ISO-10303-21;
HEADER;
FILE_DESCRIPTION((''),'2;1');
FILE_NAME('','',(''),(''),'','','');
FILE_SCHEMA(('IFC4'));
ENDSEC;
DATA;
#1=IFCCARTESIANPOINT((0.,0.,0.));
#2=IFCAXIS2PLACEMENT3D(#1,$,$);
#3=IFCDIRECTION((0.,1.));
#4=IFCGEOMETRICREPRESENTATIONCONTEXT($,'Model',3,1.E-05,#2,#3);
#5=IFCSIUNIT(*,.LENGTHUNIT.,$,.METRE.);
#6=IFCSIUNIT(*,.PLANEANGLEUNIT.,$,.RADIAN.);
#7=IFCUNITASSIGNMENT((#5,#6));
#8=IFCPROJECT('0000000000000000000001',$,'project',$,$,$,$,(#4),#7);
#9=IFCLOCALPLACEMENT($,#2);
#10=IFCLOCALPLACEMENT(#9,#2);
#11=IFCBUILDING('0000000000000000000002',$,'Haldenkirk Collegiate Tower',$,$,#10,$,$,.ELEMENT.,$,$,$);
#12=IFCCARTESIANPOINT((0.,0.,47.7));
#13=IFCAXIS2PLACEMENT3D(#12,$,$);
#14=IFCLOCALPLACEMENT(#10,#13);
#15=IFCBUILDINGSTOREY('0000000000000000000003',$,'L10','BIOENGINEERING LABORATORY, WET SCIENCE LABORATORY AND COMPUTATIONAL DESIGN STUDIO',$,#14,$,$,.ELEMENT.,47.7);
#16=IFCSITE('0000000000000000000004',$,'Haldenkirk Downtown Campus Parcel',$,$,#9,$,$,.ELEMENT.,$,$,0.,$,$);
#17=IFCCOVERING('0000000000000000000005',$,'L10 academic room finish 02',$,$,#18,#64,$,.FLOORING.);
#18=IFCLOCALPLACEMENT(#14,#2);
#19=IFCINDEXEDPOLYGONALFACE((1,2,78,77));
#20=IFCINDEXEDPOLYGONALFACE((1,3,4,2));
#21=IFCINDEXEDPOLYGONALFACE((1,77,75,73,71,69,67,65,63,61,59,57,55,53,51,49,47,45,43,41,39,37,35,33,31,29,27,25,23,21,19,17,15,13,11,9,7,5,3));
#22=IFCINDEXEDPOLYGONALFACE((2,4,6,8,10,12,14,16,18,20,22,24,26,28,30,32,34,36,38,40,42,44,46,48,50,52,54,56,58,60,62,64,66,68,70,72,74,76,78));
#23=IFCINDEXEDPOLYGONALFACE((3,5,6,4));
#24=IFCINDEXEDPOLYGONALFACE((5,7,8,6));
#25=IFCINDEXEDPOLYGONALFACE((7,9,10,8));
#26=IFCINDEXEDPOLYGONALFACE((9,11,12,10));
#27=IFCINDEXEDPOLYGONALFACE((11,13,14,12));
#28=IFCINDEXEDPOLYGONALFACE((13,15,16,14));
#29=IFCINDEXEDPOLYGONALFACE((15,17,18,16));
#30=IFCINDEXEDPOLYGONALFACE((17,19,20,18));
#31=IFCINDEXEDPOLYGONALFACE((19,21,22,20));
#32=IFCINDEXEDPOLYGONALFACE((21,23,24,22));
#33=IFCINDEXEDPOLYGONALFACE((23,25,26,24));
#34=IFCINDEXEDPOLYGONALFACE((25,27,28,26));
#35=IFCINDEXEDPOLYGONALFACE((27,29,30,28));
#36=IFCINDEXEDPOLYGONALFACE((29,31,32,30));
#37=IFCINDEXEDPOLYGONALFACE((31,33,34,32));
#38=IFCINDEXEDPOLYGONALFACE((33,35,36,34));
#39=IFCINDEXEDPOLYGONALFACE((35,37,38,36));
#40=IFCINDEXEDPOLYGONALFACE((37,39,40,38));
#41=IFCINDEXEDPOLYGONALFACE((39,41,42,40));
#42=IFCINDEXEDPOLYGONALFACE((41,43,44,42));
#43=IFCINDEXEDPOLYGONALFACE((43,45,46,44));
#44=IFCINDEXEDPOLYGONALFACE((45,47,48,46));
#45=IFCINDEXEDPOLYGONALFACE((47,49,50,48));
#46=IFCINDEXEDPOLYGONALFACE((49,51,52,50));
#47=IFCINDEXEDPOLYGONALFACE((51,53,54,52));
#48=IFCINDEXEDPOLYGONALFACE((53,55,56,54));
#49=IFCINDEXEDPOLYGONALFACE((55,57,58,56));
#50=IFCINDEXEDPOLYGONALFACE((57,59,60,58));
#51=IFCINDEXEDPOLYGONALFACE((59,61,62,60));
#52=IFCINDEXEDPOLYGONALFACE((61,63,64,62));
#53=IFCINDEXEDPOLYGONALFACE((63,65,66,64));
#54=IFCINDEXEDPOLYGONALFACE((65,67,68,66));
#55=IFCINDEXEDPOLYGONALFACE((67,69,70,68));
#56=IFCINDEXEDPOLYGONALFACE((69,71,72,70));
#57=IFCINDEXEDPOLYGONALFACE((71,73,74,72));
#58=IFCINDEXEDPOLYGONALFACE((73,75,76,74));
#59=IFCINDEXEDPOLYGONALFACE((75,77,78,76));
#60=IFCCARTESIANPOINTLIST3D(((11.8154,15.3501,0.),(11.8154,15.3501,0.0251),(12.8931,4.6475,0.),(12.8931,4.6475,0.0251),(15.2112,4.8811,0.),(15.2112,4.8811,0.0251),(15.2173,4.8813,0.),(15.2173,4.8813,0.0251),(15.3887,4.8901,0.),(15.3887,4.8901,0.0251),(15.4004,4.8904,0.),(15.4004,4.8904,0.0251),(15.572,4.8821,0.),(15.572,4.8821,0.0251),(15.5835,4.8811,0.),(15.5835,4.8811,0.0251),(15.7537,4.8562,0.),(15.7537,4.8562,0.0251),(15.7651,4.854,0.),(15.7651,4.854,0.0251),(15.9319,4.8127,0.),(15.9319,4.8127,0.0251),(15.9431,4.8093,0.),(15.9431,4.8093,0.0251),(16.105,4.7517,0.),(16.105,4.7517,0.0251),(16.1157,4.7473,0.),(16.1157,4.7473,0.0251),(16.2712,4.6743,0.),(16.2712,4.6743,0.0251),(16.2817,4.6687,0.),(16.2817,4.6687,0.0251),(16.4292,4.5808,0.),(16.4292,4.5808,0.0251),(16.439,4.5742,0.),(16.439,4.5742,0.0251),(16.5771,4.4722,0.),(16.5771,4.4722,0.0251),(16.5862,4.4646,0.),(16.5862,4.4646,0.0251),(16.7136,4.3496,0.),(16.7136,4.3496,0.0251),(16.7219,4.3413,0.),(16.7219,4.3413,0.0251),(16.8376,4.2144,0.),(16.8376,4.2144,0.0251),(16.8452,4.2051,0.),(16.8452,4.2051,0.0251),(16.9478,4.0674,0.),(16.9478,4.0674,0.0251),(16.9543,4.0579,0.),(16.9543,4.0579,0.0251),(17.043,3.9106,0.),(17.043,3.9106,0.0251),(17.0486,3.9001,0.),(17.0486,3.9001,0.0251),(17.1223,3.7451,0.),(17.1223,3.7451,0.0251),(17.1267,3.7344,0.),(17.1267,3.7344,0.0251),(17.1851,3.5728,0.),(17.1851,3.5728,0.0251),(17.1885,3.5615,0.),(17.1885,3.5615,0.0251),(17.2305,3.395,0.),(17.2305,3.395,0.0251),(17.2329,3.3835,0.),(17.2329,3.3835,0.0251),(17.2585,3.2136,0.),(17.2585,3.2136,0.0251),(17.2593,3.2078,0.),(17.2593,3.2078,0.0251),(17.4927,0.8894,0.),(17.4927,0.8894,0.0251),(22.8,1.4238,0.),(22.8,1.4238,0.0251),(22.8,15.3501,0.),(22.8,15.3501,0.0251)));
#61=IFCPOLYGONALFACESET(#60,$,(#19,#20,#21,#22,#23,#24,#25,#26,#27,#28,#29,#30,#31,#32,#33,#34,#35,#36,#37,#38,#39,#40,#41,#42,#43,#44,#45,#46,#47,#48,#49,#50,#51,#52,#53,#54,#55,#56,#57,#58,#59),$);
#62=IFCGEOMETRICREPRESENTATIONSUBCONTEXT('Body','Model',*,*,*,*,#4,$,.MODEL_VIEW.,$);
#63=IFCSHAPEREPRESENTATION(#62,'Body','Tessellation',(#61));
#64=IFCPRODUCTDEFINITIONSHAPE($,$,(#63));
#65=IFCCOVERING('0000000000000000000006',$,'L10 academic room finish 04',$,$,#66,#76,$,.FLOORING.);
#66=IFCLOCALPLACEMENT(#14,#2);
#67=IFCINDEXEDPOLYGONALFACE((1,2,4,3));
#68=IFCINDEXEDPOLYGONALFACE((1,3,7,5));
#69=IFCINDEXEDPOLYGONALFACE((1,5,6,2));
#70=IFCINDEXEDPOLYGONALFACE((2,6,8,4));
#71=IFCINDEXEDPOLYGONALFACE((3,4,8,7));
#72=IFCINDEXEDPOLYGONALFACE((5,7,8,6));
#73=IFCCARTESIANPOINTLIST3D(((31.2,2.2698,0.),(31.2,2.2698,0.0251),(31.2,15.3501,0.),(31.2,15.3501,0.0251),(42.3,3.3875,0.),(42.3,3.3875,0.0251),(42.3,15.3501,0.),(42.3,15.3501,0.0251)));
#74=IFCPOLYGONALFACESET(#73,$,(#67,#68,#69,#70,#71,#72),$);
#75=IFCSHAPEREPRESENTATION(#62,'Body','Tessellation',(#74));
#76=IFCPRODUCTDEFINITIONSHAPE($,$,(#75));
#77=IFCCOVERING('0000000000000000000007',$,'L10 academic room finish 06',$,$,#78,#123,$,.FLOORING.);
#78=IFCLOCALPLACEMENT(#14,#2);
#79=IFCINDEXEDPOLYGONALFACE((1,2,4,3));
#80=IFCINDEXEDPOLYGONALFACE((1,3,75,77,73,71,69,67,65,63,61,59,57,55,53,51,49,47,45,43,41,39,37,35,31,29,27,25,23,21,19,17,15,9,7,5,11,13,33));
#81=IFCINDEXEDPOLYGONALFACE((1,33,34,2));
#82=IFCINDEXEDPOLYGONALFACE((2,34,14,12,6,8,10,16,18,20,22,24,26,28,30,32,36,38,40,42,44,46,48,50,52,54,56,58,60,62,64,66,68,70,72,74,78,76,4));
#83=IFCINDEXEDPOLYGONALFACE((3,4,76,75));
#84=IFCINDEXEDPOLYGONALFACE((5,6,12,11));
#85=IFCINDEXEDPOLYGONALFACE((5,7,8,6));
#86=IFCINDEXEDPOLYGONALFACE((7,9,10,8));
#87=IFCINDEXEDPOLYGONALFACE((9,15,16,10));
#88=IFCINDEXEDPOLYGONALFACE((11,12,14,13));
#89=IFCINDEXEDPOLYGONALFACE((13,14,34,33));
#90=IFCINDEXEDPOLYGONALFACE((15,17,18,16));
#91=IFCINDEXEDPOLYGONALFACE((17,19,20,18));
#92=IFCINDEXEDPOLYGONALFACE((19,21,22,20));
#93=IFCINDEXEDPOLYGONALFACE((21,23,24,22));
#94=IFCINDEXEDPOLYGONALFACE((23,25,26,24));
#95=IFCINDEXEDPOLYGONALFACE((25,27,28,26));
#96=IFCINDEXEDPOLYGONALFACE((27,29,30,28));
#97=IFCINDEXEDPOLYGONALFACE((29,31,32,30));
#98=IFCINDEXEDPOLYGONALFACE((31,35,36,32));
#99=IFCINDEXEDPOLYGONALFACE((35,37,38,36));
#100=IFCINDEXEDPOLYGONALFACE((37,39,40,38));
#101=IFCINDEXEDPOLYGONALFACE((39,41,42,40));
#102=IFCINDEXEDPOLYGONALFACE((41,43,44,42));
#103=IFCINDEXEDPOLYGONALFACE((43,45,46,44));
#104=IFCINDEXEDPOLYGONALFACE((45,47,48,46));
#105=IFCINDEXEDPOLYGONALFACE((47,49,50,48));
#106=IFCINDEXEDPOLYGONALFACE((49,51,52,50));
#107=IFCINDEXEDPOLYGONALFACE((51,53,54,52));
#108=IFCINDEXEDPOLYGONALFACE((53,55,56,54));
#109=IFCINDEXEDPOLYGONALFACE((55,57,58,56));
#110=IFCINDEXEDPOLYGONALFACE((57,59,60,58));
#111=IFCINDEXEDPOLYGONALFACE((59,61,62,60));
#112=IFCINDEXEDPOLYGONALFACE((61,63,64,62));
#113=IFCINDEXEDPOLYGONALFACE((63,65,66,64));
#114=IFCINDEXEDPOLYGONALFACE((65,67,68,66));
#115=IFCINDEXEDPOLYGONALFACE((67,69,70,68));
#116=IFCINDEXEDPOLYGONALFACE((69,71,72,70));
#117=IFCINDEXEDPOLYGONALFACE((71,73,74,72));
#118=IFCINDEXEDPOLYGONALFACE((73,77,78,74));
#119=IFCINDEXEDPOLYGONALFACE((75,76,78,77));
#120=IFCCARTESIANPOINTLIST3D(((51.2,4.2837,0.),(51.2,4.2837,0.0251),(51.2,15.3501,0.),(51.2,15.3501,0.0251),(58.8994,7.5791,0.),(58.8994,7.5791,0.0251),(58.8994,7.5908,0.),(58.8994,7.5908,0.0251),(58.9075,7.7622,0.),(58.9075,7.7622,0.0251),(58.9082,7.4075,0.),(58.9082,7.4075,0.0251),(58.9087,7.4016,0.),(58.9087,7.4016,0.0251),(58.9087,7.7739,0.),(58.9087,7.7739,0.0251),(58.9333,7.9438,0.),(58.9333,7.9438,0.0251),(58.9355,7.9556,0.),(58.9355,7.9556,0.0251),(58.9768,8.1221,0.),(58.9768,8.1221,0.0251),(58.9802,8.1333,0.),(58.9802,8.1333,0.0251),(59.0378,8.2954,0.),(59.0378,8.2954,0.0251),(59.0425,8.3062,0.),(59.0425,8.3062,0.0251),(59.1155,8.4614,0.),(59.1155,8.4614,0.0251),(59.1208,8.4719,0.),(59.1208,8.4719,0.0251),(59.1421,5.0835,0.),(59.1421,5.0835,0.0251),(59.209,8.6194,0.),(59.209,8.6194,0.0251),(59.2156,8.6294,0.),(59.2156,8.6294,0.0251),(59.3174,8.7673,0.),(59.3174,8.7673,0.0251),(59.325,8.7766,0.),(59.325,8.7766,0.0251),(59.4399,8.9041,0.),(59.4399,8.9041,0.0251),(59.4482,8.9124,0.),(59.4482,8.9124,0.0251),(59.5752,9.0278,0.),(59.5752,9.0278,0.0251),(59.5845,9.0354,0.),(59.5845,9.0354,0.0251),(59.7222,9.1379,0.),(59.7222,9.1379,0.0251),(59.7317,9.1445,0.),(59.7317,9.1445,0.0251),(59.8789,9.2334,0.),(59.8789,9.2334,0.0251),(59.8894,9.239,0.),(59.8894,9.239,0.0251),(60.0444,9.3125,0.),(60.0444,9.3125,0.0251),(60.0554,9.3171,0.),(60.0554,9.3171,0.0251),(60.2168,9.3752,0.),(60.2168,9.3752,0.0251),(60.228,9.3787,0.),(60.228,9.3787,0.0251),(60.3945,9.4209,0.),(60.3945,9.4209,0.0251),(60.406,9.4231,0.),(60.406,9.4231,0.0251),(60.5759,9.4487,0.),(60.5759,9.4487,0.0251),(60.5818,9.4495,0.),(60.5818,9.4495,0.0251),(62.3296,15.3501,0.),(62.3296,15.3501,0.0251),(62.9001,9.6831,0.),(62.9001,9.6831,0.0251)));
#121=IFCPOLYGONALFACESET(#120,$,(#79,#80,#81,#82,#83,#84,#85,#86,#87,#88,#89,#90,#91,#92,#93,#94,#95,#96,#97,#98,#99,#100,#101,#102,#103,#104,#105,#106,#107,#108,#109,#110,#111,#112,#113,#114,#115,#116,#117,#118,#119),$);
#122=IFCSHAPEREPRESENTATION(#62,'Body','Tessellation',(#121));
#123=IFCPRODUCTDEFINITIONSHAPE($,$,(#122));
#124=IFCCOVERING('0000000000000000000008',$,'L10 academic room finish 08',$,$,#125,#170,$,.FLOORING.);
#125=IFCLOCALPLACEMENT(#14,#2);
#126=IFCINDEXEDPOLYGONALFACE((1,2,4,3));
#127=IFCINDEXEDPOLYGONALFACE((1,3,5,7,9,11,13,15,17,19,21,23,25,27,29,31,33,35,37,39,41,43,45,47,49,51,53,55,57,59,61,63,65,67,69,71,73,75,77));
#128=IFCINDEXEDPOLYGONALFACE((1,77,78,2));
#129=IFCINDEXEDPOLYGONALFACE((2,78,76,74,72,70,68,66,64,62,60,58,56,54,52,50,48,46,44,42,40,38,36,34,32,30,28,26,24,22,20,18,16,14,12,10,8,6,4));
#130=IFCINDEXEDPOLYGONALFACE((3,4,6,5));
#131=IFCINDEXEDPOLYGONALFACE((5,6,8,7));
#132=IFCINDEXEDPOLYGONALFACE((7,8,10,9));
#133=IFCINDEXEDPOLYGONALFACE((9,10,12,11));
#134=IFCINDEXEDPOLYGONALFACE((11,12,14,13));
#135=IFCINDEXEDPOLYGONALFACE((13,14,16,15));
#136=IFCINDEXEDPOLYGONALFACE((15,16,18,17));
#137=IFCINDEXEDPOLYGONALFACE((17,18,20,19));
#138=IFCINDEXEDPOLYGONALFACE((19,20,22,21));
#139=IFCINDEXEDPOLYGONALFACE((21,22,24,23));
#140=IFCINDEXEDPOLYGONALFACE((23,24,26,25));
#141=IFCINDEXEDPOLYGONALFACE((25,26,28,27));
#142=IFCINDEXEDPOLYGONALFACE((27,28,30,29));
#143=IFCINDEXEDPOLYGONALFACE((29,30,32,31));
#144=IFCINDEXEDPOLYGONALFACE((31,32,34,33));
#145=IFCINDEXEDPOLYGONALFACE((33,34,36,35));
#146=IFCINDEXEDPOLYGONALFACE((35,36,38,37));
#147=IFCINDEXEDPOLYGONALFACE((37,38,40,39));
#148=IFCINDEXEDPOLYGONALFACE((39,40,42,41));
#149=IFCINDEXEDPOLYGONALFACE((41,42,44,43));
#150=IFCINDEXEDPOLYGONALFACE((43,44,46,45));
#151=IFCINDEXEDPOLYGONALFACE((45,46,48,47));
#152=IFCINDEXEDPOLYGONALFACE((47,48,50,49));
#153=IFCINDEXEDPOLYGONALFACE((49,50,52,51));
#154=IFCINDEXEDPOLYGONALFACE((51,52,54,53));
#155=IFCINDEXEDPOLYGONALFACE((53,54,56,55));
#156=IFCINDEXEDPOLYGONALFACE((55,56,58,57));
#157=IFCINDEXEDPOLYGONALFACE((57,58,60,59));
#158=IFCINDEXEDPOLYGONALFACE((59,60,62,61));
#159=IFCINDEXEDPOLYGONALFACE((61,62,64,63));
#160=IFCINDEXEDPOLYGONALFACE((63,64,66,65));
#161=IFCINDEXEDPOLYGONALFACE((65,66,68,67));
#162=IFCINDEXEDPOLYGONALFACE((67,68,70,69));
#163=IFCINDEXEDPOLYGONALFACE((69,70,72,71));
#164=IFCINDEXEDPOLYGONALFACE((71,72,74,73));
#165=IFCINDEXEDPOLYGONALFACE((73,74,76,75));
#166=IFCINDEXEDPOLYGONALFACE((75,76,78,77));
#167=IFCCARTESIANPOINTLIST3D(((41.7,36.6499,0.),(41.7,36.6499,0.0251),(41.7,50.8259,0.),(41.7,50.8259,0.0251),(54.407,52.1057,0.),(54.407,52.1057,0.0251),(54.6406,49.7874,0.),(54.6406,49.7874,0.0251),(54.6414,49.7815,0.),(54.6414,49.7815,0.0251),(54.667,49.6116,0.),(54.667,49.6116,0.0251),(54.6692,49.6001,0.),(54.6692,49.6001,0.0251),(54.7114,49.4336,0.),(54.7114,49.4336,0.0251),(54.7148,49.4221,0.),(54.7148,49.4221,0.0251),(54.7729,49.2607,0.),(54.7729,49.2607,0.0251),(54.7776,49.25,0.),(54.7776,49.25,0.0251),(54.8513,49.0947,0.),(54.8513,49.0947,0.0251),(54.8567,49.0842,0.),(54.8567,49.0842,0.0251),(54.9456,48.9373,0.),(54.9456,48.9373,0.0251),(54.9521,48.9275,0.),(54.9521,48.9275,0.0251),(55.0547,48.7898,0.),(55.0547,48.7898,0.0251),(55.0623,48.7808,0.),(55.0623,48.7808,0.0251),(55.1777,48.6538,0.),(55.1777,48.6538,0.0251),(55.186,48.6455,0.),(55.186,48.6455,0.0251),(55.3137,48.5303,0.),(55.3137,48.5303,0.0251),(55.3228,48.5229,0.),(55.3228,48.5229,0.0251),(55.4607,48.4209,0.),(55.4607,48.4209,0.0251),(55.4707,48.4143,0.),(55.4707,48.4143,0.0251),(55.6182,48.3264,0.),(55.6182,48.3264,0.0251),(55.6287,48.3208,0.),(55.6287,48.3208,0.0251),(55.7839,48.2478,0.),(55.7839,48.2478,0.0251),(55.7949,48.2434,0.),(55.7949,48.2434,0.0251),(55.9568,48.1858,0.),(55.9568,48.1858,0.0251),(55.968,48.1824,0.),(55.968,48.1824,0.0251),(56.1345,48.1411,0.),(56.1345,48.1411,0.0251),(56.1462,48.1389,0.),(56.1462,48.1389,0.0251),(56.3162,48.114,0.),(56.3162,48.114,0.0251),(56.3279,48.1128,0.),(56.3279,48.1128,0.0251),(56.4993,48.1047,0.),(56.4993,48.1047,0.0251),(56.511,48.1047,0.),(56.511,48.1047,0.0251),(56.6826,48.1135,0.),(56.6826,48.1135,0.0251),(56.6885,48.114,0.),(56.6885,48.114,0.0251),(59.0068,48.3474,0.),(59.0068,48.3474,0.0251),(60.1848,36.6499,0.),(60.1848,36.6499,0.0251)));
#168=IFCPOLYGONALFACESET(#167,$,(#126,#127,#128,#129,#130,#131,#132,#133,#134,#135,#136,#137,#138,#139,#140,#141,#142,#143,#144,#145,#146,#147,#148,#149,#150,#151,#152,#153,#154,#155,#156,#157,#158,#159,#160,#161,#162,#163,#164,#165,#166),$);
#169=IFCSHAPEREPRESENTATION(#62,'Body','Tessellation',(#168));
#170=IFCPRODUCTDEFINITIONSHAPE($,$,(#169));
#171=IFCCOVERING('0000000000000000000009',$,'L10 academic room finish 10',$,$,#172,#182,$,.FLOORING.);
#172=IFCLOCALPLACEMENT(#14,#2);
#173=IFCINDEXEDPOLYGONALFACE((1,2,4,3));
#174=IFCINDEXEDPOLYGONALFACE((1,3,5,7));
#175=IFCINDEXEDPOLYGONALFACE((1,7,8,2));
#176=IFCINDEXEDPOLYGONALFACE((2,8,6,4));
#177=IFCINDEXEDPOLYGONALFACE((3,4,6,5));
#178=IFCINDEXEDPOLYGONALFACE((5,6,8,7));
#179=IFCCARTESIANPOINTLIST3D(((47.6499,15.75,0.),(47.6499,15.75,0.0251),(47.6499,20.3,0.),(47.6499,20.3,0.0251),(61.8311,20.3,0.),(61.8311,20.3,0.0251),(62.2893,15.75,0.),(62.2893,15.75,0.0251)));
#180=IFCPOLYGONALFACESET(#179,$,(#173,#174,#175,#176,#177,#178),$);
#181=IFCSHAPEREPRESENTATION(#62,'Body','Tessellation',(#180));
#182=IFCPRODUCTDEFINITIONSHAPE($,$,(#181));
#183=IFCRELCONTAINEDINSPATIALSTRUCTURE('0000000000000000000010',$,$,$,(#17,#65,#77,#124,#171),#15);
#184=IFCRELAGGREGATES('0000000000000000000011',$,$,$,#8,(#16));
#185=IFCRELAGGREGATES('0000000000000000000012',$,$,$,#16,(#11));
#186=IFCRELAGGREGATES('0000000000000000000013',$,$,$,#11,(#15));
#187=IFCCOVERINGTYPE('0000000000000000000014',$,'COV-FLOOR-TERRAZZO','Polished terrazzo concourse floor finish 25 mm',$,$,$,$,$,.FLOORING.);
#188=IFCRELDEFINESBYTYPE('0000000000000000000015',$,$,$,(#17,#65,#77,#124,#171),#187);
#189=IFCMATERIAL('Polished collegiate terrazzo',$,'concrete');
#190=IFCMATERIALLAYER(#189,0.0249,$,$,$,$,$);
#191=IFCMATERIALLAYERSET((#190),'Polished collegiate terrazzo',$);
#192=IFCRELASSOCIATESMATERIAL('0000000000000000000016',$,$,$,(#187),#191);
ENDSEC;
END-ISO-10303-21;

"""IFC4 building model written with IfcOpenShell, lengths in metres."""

from ifc_helpers import new_model, si_unit, direction, frame, origin, place, context, subcontext, project, spatial, polyline, outline, extrude, material, layer, layer_set, type_object, element, save


model = new_model("IFC4")

# Units and contexts
model_context = context("Model", 3, precision=1e-05, world=origin(), true_north=direction((0.0, 1.0)))
body_context = subcontext(model_context, "Body", "Model", "MODEL_VIEW")
ifc_project = project(units=[si_unit("LENGTHUNIT", "METRE"), si_unit("PLANEANGLEUNIT", "RADIAN")], contexts=[model_context])

# Site, building, storey
site_placement = place(None, origin())
site = spatial("IfcSite", under=ifc_project, at=site_placement, Name="Haldenkirk Downtown Campus Parcel", CompositionType="ELEMENT", RefElevation=0.0)
building_placement = place(site_placement, origin())
building = spatial("IfcBuilding", under=site, at=building_placement, Name="Haldenkirk Collegiate Tower", CompositionType="ELEMENT")
storey_placement = place(building_placement, frame((0.0, 0.0, 47.7)))
storey = spatial("IfcBuildingStorey", under=building, at=storey_placement, Name="L10", Description="BIOENGINEERING LABORATORY, WET SCIENCE LABORATORY AND COMPUTATIONAL DESIGN STUDIO", CompositionType="ELEMENT", Elevation=47.7)

# Coverings
ifc_material_1 = material(Name="Polished collegiate terrazzo", Category="concrete")
ifc_layer_1 = layer(ifc_material_1, 0.0249)
ifc_layer_set_1 = layer_set([ifc_layer_1], Name="Polished collegiate terrazzo")
covering_type_1 = type_object("IfcCoveringType", Name="COV-FLOOR-TERRAZZO", Description="Polished terrazzo concourse floor finish 25 mm", PredefinedType="FLOORING", material=ifc_layer_set_1)
covering_1_placement = place(storey_placement, origin())
element("IfcCovering", 1, at=covering_1_placement, inside=storey, type_object=covering_type_1, Name="L10 academic room finish 02", PredefinedType="FLOORING", context=body_context, shape_type="SweptSolid", body=[
    extrude(outline(polyline([(16.9543, 4.0579), (16.9478, 4.0674), (16.8452, 4.2051), (16.8376, 4.2144), (16.7219, 4.3413), (16.7136, 4.3496), (16.5862, 4.4646), (16.5771, 4.4722), (16.439, 4.5742), (16.4292, 4.5808), (16.2817, 4.6687), (16.2712, 4.6743), (16.1157, 4.7473), (16.105, 4.7517), (15.9431, 4.8093), (15.9319, 4.8127), (15.7651, 4.854), (15.7537, 4.8562), (15.5835, 4.8811), (15.572, 4.8821), (15.4004, 4.8904), (15.3887, 4.8901), (15.2173, 4.8813), (15.2112, 4.8811), (12.8931, 4.6475), (11.8154, 15.3501), (22.8, 15.3501), (22.8, 1.4238), (17.4927, 0.8894), (17.2593, 3.2078), (17.2585, 3.2136), (17.2329, 3.3835), (17.2305, 3.395), (17.1885, 3.5615), (17.1851, 3.5728), (17.1267, 3.7344), (17.1223, 3.7451), (17.0486, 3.9001), (17.043, 3.9106), (16.9543, 4.0579)])), origin(), (0.0, 0.0, 1.0), 0.0251),
])
covering_2_placement = place(storey_placement, origin())
element("IfcCovering", 2, at=covering_2_placement, inside=storey, type_object=covering_type_1, Name="L10 academic room finish 04", PredefinedType="FLOORING", context=body_context, shape_type="SweptSolid", body=[
    extrude(outline(polyline([(31.2, 2.2698), (31.2, 15.3501), (42.3, 15.3501), (42.3, 3.3875), (31.2, 2.2698)])), origin(), (0.0, 0.0, 1.0), 0.0251),
])
covering_3_placement = place(storey_placement, origin())
element("IfcCovering", 3, at=covering_3_placement, inside=storey, type_object=covering_type_1, Name="L10 academic room finish 06", PredefinedType="FLOORING", context=body_context, shape_type="SweptSolid", body=[
    extrude(outline(polyline([(62.9001, 9.6831), (60.5818, 9.4495), (60.5759, 9.4487), (60.406, 9.4231), (60.3945, 9.4209), (60.228, 9.3787), (60.2168, 9.3752), (60.0554, 9.3171), (60.0444, 9.3125), (59.8894, 9.239), (59.8789, 9.2334), (59.7317, 9.1445), (59.7222, 9.1379), (59.5845, 9.0354), (59.5752, 9.0278), (59.4482, 8.9124), (59.4399, 8.9041), (59.325, 8.7766), (59.3174, 8.7673), (59.2156, 8.6294), (59.209, 8.6194), (59.1208, 8.4719), (59.1155, 8.4614), (59.0425, 8.3062), (59.0378, 8.2954), (58.9802, 8.1333), (58.9768, 8.1221), (58.9355, 7.9556), (58.9333, 7.9438), (58.9087, 7.7739), (58.9075, 7.7622), (58.8994, 7.5908), (58.8994, 7.5791), (58.9082, 7.4075), (58.9087, 7.4016), (59.1421, 5.0835), (51.2, 4.2837), (51.2, 15.3501), (62.3296, 15.3501), (62.9001, 9.6831)])), origin(), (0.0, 0.0, 1.0), 0.0251),
])
covering_4_placement = place(storey_placement, origin())
element("IfcCovering", 4, at=covering_4_placement, inside=storey, type_object=covering_type_1, Name="L10 academic room finish 08", PredefinedType="FLOORING", context=body_context, shape_type="SweptSolid", body=[
    extrude(outline(polyline([(54.407, 52.1057), (54.6406, 49.7874), (54.6414, 49.7815), (54.667, 49.6116), (54.6692, 49.6001), (54.7114, 49.4336), (54.7148, 49.4221), (54.7729, 49.2607), (54.7776, 49.25), (54.8513, 49.0947), (54.8567, 49.0842), (54.9456, 48.9373), (54.9521, 48.9275), (55.0547, 48.7898), (55.0623, 48.7808), (55.1777, 48.6538), (55.186, 48.6455), (55.3137, 48.5303), (55.3228, 48.5229), (55.4607, 48.4209), (55.4707, 48.4143), (55.6182, 48.3264), (55.6287, 48.3208), (55.7839, 48.2478), (55.7949, 48.2434), (55.9568, 48.1858), (55.968, 48.1824), (56.1345, 48.1411), (56.1462, 48.1389), (56.3162, 48.114), (56.3279, 48.1128), (56.4993, 48.1047), (56.511, 48.1047), (56.6826, 48.1135), (56.6885, 48.114), (59.0068, 48.3474), (60.1848, 36.6499), (41.7, 36.6499), (41.7, 50.8259), (54.407, 52.1057)])), origin(), (0.0, 0.0, 1.0), 0.0251),
])
covering_5_placement = place(storey_placement, origin())
element("IfcCovering", 5, at=covering_5_placement, inside=storey, type_object=covering_type_1, Name="L10 academic room finish 10", PredefinedType="FLOORING", context=body_context, shape_type="SweptSolid", body=[
    extrude(outline(polyline([(62.2893, 15.75), (47.6499, 15.75), (47.6499, 20.3), (61.8311, 20.3), (62.2893, 15.75)])), origin(), (0.0, 0.0, 1.0), 0.0251),
])

save(model, "model.ifc")
